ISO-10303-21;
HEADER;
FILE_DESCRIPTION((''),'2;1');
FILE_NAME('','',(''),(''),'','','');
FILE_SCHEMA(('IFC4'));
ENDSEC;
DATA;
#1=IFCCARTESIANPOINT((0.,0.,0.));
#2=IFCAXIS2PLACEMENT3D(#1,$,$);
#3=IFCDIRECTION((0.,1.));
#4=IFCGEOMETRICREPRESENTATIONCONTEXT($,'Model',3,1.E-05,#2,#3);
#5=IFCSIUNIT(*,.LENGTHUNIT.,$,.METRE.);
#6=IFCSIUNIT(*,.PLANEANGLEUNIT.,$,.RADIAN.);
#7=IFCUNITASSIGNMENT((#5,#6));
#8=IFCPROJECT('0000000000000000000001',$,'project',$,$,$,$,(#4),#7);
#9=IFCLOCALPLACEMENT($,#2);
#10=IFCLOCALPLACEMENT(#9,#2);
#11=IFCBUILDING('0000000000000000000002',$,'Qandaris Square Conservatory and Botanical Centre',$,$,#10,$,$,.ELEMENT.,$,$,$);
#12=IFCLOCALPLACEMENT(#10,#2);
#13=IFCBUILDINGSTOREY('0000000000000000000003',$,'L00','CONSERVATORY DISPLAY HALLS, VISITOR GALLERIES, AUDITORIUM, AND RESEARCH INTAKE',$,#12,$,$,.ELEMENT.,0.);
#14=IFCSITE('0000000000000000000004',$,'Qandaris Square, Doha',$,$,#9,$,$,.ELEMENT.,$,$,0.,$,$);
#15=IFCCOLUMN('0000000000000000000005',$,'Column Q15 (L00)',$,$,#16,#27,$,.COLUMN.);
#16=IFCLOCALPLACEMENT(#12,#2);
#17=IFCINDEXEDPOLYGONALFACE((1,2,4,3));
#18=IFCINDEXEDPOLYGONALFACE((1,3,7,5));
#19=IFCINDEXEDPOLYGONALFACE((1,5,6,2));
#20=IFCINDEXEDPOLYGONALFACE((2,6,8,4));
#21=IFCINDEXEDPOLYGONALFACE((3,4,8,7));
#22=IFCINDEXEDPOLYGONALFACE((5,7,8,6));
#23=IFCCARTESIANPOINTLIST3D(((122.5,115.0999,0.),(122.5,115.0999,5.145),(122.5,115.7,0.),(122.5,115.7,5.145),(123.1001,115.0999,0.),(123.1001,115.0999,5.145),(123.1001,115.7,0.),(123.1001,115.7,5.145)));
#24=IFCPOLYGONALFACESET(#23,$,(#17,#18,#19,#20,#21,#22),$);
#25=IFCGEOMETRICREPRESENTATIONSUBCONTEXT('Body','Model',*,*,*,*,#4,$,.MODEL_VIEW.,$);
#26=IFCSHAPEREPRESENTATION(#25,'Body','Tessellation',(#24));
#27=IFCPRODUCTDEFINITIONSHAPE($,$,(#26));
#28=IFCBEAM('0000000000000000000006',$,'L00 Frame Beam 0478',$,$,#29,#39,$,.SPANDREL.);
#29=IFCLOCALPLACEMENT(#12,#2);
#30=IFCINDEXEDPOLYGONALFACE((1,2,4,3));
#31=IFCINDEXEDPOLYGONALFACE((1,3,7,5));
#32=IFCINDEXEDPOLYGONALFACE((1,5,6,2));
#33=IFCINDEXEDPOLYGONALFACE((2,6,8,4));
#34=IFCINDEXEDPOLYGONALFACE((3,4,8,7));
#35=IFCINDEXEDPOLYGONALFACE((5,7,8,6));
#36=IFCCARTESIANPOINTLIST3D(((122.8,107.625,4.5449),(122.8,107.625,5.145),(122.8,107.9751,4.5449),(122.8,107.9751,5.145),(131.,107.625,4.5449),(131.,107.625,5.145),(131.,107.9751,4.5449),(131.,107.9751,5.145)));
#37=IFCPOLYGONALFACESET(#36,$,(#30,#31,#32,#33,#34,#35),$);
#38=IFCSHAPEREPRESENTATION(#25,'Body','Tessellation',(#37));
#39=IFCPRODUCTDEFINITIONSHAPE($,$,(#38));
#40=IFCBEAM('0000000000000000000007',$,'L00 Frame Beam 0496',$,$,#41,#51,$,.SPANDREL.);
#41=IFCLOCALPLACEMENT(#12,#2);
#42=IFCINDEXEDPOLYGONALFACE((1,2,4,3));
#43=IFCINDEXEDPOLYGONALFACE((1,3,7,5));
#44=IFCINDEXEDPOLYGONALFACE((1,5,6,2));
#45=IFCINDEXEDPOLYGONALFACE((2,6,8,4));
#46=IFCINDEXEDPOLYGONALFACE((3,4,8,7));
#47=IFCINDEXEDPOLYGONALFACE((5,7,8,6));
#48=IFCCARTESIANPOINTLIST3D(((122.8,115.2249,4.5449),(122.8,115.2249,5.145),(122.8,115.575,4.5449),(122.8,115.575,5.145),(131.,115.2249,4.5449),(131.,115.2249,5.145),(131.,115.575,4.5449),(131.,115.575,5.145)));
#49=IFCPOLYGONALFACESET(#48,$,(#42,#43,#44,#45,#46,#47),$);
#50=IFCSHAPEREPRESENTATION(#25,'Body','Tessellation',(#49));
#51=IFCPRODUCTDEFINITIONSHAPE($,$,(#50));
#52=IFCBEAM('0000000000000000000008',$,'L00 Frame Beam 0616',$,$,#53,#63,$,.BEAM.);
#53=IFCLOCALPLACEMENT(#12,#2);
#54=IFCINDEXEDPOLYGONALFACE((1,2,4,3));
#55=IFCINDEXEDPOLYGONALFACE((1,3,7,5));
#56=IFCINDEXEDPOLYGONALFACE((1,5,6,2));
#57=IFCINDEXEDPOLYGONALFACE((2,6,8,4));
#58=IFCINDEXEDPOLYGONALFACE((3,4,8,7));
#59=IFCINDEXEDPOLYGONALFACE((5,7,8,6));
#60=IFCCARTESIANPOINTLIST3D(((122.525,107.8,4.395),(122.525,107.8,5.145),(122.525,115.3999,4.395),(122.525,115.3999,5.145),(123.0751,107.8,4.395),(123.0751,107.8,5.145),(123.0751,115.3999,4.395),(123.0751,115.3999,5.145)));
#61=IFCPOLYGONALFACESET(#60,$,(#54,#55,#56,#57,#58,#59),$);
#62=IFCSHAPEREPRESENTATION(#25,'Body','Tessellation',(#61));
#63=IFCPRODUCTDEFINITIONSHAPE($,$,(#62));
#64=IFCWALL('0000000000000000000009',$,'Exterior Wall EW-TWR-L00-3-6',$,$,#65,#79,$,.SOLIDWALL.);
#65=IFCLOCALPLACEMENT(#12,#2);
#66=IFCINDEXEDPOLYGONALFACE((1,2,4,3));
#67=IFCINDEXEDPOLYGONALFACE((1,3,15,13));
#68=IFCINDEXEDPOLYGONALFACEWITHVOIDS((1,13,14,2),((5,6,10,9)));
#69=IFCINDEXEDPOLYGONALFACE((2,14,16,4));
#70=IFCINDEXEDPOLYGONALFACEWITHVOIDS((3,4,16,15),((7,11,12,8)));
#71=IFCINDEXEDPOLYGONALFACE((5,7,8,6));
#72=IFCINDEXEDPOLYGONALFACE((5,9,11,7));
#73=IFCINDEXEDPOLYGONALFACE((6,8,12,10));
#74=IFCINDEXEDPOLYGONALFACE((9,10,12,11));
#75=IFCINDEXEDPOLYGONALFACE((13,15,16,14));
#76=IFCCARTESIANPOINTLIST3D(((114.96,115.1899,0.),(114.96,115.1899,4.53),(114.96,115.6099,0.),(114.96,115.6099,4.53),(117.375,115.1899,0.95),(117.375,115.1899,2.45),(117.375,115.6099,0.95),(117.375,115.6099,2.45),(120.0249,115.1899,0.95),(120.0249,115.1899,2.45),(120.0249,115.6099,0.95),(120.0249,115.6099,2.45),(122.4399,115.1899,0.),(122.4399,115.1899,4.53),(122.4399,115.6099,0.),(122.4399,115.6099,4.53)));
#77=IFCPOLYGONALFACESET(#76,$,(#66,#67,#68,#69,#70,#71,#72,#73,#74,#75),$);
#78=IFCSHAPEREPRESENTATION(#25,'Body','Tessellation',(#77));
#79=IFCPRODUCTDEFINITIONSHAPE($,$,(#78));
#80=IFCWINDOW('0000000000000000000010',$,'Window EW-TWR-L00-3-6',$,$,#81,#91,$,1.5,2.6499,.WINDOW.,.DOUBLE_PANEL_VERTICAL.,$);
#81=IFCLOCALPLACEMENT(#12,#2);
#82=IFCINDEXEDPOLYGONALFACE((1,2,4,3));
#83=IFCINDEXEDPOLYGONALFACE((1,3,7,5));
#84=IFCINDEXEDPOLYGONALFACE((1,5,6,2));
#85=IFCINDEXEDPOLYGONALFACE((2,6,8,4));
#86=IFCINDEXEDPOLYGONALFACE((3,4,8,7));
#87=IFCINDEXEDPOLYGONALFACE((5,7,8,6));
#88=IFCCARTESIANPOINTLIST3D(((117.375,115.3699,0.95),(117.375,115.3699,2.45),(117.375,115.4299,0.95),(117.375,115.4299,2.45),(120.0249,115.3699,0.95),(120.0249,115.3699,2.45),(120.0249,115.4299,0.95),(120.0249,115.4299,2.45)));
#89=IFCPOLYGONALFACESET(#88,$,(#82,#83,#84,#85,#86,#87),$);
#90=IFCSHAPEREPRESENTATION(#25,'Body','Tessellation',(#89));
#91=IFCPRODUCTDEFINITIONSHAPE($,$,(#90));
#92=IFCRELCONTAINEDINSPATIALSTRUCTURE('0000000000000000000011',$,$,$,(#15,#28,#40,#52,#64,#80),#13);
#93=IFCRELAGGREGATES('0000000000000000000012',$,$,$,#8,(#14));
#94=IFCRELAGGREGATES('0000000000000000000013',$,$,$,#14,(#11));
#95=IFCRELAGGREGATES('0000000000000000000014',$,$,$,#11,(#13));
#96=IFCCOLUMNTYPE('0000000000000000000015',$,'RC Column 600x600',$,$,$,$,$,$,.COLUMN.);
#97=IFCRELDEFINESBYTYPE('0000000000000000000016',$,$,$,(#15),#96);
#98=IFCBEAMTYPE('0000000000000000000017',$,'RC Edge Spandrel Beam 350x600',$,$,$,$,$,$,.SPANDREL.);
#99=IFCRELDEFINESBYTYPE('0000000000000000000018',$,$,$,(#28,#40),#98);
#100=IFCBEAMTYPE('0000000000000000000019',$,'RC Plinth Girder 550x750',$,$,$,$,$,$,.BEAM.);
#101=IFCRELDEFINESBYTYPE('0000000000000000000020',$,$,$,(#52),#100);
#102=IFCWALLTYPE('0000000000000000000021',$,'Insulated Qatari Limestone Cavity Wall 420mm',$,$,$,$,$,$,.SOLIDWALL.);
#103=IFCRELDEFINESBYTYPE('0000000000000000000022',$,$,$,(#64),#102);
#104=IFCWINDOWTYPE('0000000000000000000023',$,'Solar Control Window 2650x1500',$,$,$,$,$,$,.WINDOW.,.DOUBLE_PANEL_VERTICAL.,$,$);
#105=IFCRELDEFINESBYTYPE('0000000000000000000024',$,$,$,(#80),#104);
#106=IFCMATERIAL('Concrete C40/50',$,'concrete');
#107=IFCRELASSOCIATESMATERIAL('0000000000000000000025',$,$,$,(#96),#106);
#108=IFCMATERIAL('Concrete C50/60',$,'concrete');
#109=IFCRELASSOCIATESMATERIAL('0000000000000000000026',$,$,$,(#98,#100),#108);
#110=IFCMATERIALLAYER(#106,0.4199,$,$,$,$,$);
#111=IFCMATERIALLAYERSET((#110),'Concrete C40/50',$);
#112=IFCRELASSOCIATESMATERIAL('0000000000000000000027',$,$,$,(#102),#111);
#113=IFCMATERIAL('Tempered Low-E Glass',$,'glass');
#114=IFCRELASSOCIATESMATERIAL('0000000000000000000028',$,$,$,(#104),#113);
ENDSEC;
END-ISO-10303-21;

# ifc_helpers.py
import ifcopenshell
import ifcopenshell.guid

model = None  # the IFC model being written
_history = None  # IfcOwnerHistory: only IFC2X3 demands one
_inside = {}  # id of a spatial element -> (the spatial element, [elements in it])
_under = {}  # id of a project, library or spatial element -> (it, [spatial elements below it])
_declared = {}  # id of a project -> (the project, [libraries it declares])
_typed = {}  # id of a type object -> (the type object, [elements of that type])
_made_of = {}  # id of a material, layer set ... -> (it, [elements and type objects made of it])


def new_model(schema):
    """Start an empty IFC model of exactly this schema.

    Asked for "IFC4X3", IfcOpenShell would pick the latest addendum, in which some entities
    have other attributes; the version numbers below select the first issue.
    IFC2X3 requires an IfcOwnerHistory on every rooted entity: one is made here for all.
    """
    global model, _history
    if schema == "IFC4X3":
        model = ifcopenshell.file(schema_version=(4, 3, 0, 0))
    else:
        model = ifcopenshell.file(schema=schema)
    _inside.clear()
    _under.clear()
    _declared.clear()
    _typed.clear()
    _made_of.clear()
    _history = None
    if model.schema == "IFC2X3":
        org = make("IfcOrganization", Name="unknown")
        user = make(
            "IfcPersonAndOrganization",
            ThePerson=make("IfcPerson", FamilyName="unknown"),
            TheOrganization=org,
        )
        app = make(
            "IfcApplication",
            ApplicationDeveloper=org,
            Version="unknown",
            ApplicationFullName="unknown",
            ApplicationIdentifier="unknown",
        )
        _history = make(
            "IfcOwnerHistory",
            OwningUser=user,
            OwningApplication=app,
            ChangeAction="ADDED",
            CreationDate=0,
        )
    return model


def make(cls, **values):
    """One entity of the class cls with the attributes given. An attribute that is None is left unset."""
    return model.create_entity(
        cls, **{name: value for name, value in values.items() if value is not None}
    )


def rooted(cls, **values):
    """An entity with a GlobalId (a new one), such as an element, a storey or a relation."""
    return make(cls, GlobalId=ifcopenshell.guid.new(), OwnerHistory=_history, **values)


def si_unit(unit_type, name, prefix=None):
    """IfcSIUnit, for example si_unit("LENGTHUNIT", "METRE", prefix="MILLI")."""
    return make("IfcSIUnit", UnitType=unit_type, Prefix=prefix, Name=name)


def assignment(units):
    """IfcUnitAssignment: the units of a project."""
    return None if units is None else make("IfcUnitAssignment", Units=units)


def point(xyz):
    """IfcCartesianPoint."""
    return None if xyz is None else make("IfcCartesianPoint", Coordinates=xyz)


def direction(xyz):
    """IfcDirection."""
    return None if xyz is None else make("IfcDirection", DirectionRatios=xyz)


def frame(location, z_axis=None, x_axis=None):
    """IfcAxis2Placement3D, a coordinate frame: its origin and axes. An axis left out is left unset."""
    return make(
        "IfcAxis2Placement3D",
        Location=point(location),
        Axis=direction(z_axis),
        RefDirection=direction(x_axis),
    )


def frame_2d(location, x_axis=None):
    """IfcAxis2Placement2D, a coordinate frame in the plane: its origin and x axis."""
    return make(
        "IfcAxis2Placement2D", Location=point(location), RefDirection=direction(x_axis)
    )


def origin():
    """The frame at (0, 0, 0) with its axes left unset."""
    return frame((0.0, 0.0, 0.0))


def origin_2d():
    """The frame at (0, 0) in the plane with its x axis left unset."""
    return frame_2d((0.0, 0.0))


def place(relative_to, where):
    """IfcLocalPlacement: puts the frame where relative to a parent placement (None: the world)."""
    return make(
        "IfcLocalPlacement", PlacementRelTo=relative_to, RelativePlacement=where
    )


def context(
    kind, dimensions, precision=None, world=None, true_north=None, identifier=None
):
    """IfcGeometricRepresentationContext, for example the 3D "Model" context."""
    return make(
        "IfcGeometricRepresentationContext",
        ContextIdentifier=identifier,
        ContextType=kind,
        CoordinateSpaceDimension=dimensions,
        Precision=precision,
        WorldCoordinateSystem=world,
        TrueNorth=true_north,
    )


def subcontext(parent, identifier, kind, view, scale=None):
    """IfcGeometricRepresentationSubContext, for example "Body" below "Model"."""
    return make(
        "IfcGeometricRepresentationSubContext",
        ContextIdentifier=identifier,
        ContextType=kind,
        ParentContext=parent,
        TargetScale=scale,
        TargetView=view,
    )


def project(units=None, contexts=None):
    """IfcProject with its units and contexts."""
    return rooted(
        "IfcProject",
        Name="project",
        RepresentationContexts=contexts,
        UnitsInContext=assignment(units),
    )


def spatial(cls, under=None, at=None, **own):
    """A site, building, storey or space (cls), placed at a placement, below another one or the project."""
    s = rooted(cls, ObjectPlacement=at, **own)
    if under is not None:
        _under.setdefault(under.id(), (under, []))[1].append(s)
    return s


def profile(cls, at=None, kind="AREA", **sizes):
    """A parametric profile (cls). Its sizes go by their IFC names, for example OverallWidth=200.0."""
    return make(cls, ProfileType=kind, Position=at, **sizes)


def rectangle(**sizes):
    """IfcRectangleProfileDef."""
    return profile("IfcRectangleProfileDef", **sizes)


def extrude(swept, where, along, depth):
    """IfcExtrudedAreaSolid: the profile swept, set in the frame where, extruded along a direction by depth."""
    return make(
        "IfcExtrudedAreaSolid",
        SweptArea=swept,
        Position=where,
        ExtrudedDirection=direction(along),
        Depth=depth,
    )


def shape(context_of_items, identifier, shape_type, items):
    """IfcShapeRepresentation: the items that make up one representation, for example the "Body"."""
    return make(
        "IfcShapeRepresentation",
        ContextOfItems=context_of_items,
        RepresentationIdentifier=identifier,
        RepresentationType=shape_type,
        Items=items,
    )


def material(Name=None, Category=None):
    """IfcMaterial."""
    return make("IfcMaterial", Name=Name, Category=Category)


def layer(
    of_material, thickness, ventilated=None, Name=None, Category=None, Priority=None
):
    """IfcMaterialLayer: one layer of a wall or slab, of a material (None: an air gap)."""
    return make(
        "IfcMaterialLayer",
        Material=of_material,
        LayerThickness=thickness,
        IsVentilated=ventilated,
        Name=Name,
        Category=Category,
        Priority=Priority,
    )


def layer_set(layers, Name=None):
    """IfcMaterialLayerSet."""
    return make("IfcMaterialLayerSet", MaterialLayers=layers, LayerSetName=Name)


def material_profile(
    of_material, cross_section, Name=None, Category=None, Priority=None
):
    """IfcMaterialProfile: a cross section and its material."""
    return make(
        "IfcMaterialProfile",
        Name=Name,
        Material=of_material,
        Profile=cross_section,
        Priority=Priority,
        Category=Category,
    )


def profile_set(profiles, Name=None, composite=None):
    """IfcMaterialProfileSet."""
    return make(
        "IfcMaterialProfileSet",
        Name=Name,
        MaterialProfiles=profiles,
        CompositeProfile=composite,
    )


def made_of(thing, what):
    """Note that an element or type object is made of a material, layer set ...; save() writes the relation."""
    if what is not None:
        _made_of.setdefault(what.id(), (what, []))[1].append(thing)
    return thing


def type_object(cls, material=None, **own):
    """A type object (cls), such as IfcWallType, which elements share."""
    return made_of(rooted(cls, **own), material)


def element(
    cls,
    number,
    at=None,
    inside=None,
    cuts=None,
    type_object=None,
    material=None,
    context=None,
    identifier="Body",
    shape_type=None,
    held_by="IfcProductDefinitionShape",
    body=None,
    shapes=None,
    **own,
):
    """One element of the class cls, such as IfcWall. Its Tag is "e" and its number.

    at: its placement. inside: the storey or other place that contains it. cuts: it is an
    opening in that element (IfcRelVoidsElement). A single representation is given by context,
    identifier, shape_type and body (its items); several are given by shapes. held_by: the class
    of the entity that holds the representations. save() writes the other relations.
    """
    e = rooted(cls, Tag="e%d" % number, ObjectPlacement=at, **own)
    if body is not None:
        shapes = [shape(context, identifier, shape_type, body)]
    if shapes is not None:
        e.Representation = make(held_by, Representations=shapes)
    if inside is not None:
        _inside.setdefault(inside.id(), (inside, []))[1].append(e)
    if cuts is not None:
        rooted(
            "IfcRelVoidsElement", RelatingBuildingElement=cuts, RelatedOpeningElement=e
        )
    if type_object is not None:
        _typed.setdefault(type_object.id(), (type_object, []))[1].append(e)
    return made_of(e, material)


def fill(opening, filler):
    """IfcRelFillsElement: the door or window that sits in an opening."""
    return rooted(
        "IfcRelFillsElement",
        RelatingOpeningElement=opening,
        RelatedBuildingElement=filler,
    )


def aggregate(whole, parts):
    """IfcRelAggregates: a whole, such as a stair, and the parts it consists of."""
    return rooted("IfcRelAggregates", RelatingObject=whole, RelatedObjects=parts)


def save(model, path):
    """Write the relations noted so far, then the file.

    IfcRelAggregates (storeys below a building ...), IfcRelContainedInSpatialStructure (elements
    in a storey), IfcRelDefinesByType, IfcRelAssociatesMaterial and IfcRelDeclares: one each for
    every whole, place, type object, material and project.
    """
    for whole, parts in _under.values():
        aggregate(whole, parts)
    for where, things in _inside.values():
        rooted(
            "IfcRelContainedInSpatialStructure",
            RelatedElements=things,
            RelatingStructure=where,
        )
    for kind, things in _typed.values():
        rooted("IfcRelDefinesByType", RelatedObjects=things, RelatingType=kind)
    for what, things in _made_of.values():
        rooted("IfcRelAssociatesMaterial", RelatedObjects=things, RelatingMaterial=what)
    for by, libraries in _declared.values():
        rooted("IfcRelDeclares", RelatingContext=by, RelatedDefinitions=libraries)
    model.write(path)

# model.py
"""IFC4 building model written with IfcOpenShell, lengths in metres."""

from ifc_helpers import new_model, si_unit, direction, frame, frame_2d, origin, origin_2d, place, context, subcontext, project, spatial, rectangle, extrude, material, layer, layer_set, material_profile, profile_set, type_object, element, fill, save


model = new_model("IFC4")

# Units and contexts
model_context = context("Model", 3, precision=1e-05, world=origin(), true_north=direction((0.0, 1.0)))
body_context = subcontext(model_context, "Body", "Model", "MODEL_VIEW")
ifc_project = project(units=[si_unit("LENGTHUNIT", "METRE"), si_unit("PLANEANGLEUNIT", "RADIAN")], contexts=[model_context])

# Site, building, storey
site_placement = place(None, origin())
site = spatial("IfcSite", under=ifc_project, at=site_placement, Name="Qandaris Square, Doha", CompositionType="ELEMENT", RefElevation=0.0)
building_placement = place(site_placement, origin())
building = spatial("IfcBuilding", under=site, at=building_placement, Name="Qandaris Square Conservatory and Botanical Centre", CompositionType="ELEMENT")
storey_placement = place(building_placement, origin())
storey = spatial("IfcBuildingStorey", under=building, at=storey_placement, Name="L00", Description="CONSERVATORY DISPLAY HALLS, VISITOR GALLERIES, AUDITORIUM, AND RESEARCH INTAKE", CompositionType="ELEMENT", Elevation=0.0)

# Shared definitions
ifc_material_1 = material(Name="Concrete C50/60", Category="concrete")

# Shared definitions
ifc_material_2 = material(Name="Concrete C40/50", Category="concrete")

# Column
ifc_material_profile_1 = material_profile(ifc_material_2, rectangle(XDim=0.6001, YDim=0.6001, at=origin_2d()), Name="RC-COL 600x600")
ifc_profile_set_1 = profile_set([ifc_material_profile_1], Name="Concrete C40/50")
column_type = type_object("IfcColumnType", Name="RC Column 600x600", PredefinedType="COLUMN", material=ifc_profile_set_1)
for number, where, z_axis, x_axis, name in (
    (1, (122.8, 115.3999, 0.0), (0.0, 0.0, 1.0), (1.0, 0.0, 0.0), "Column Q15 (L00)"),
):
    element("IfcColumn", number, at=place(storey_placement, frame(where, z_axis=z_axis, x_axis=x_axis)), inside=storey, type_object=column_type, Name=name, PredefinedType="COLUMN", context=body_context, shape_type="SweptSolid", body=[
        extrude(rectangle(XDim=0.6001, YDim=0.6001, at=origin_2d()), origin(), (0.0, 0.0, 1.0), 5.145),
    ])

# Beams
ifc_material_profile_2 = material_profile(ifc_material_1, rectangle(XDim=0.3501, YDim=0.6001, at=origin_2d()), Name="RC-SP 350x600")
ifc_profile_set_2 = profile_set([ifc_material_profile_2], Name="Concrete C50/60")
beam_type_1 = type_object("IfcBeamType", Name="RC Edge Spandrel Beam 350x600", PredefinedType="SPANDREL", material=ifc_profile_set_2)
for number, where, z_axis, x_axis, name in (
    (2, (122.8, 107.8, 4.845), (1.0, 0.0, 0.0), (0.0, 1.0, 0.0), "L00 Frame Beam 0478"),
    (3, (122.8, 115.3999, 4.845), (1.0, 0.0, 0.0), (0.0, 1.0, 0.0), "L00 Frame Beam 0496"),
):
    element("IfcBeam", number, at=place(storey_placement, frame(where, z_axis=z_axis, x_axis=x_axis)), inside=storey, type_object=beam_type_1, Name=name, PredefinedType="SPANDREL", context=body_context, shape_type="SweptSolid", body=[
        extrude(rectangle(XDim=0.3501, YDim=0.6001, at=origin_2d()), origin(), (0.0, 0.0, 1.0), 8.2),
    ])
ifc_material_profile_3 = material_profile(ifc_material_1, rectangle(XDim=0.55, YDim=0.75, at=origin_2d()), Name="RC-BM 550x750")
ifc_profile_set_3 = profile_set([ifc_material_profile_3], Name="Concrete C50/60")
beam_type_2 = type_object("IfcBeamType", Name="RC Plinth Girder 550x750", PredefinedType="BEAM", material=ifc_profile_set_3)
beam_placement = place(storey_placement, frame((122.8, 107.8, 4.77), z_axis=(0.0, 1.0, 0.0), x_axis=(-1.0, 0.0, 0.0)))
element("IfcBeam", 4, at=beam_placement, inside=storey, type_object=beam_type_2, Name="L00 Frame Beam 0616", PredefinedType="BEAM", context=body_context, shape_type="SweptSolid", body=[
    extrude(rectangle(XDim=0.55, YDim=0.75, at=origin_2d()), origin(), (0.0, 0.0, 1.0), 7.5999),
])

# Wall, opening, window
ifc_layer = layer(ifc_material_2, 0.4199)
ifc_layer_set = layer_set([ifc_layer], Name="Concrete C40/50")
wall_type = type_object("IfcWallType", Name="Insulated Qatari Limestone Cavity Wall 420mm", PredefinedType="SOLIDWALL", material=ifc_layer_set)
wall_placement = place(storey_placement, frame((122.4399, 115.3999, 0.0), z_axis=(0.0, 0.0, 1.0), x_axis=(-1.0, 0.0, 0.0)))
wall = element("IfcWall", 5, at=wall_placement, inside=storey, type_object=wall_type, Name="Exterior Wall EW-TWR-L00-3-6", PredefinedType="SOLIDWALL", context=body_context, shape_type="SweptSolid", body=[
    extrude(rectangle(XDim=7.48, YDim=0.4199, at=frame_2d((3.74, 0.0))), origin(), (0.0, 0.0, 1.0), 4.53),
])
opening_placement = place(wall_placement, frame((2.415, 0.0, 0.95)))
opening = element("IfcOpeningElement", 6, at=opening_placement, cuts=wall, PredefinedType="OPENING", context=body_context, shape_type="SweptSolid", body=[
    extrude(rectangle(XDim=2.6499, YDim=1.5, at=frame_2d((1.325, 0.75))), frame((0.0, 0.2219, 0.0), z_axis=(0.0, -1.0, 0.0), x_axis=(1.0, 0.0, 0.0)), (0.0, 0.0, 1.0), 0.4438),
])
ifc_material_3 = material(Name="Tempered Low-E Glass", Category="glass")
window_type = type_object("IfcWindowType", Name="Solar Control Window 2650x1500", PartitioningType="DOUBLE_PANEL_VERTICAL", PredefinedType="WINDOW", material=ifc_material_3)
window_placement = place(opening_placement, origin())
window = element("IfcWindow", 7, at=window_placement, inside=storey, type_object=window_type, Name="Window EW-TWR-L00-3-6", OverallHeight=1.5, OverallWidth=2.6499, PartitioningType="DOUBLE_PANEL_VERTICAL", PredefinedType="WINDOW", context=body_context, shape_type="SweptSolid", body=[
    extrude(rectangle(XDim=2.6499, YDim=1.5, at=frame_2d((1.325, 0.75))), frame((0.0, 0.03, 0.0), z_axis=(0.0, -1.0, 0.0), x_axis=(1.0, 0.0, 0.0)), (0.0, 0.0, 1.0), 0.0601),
])
fill(opening, window)

save(model, "model.ifc")
